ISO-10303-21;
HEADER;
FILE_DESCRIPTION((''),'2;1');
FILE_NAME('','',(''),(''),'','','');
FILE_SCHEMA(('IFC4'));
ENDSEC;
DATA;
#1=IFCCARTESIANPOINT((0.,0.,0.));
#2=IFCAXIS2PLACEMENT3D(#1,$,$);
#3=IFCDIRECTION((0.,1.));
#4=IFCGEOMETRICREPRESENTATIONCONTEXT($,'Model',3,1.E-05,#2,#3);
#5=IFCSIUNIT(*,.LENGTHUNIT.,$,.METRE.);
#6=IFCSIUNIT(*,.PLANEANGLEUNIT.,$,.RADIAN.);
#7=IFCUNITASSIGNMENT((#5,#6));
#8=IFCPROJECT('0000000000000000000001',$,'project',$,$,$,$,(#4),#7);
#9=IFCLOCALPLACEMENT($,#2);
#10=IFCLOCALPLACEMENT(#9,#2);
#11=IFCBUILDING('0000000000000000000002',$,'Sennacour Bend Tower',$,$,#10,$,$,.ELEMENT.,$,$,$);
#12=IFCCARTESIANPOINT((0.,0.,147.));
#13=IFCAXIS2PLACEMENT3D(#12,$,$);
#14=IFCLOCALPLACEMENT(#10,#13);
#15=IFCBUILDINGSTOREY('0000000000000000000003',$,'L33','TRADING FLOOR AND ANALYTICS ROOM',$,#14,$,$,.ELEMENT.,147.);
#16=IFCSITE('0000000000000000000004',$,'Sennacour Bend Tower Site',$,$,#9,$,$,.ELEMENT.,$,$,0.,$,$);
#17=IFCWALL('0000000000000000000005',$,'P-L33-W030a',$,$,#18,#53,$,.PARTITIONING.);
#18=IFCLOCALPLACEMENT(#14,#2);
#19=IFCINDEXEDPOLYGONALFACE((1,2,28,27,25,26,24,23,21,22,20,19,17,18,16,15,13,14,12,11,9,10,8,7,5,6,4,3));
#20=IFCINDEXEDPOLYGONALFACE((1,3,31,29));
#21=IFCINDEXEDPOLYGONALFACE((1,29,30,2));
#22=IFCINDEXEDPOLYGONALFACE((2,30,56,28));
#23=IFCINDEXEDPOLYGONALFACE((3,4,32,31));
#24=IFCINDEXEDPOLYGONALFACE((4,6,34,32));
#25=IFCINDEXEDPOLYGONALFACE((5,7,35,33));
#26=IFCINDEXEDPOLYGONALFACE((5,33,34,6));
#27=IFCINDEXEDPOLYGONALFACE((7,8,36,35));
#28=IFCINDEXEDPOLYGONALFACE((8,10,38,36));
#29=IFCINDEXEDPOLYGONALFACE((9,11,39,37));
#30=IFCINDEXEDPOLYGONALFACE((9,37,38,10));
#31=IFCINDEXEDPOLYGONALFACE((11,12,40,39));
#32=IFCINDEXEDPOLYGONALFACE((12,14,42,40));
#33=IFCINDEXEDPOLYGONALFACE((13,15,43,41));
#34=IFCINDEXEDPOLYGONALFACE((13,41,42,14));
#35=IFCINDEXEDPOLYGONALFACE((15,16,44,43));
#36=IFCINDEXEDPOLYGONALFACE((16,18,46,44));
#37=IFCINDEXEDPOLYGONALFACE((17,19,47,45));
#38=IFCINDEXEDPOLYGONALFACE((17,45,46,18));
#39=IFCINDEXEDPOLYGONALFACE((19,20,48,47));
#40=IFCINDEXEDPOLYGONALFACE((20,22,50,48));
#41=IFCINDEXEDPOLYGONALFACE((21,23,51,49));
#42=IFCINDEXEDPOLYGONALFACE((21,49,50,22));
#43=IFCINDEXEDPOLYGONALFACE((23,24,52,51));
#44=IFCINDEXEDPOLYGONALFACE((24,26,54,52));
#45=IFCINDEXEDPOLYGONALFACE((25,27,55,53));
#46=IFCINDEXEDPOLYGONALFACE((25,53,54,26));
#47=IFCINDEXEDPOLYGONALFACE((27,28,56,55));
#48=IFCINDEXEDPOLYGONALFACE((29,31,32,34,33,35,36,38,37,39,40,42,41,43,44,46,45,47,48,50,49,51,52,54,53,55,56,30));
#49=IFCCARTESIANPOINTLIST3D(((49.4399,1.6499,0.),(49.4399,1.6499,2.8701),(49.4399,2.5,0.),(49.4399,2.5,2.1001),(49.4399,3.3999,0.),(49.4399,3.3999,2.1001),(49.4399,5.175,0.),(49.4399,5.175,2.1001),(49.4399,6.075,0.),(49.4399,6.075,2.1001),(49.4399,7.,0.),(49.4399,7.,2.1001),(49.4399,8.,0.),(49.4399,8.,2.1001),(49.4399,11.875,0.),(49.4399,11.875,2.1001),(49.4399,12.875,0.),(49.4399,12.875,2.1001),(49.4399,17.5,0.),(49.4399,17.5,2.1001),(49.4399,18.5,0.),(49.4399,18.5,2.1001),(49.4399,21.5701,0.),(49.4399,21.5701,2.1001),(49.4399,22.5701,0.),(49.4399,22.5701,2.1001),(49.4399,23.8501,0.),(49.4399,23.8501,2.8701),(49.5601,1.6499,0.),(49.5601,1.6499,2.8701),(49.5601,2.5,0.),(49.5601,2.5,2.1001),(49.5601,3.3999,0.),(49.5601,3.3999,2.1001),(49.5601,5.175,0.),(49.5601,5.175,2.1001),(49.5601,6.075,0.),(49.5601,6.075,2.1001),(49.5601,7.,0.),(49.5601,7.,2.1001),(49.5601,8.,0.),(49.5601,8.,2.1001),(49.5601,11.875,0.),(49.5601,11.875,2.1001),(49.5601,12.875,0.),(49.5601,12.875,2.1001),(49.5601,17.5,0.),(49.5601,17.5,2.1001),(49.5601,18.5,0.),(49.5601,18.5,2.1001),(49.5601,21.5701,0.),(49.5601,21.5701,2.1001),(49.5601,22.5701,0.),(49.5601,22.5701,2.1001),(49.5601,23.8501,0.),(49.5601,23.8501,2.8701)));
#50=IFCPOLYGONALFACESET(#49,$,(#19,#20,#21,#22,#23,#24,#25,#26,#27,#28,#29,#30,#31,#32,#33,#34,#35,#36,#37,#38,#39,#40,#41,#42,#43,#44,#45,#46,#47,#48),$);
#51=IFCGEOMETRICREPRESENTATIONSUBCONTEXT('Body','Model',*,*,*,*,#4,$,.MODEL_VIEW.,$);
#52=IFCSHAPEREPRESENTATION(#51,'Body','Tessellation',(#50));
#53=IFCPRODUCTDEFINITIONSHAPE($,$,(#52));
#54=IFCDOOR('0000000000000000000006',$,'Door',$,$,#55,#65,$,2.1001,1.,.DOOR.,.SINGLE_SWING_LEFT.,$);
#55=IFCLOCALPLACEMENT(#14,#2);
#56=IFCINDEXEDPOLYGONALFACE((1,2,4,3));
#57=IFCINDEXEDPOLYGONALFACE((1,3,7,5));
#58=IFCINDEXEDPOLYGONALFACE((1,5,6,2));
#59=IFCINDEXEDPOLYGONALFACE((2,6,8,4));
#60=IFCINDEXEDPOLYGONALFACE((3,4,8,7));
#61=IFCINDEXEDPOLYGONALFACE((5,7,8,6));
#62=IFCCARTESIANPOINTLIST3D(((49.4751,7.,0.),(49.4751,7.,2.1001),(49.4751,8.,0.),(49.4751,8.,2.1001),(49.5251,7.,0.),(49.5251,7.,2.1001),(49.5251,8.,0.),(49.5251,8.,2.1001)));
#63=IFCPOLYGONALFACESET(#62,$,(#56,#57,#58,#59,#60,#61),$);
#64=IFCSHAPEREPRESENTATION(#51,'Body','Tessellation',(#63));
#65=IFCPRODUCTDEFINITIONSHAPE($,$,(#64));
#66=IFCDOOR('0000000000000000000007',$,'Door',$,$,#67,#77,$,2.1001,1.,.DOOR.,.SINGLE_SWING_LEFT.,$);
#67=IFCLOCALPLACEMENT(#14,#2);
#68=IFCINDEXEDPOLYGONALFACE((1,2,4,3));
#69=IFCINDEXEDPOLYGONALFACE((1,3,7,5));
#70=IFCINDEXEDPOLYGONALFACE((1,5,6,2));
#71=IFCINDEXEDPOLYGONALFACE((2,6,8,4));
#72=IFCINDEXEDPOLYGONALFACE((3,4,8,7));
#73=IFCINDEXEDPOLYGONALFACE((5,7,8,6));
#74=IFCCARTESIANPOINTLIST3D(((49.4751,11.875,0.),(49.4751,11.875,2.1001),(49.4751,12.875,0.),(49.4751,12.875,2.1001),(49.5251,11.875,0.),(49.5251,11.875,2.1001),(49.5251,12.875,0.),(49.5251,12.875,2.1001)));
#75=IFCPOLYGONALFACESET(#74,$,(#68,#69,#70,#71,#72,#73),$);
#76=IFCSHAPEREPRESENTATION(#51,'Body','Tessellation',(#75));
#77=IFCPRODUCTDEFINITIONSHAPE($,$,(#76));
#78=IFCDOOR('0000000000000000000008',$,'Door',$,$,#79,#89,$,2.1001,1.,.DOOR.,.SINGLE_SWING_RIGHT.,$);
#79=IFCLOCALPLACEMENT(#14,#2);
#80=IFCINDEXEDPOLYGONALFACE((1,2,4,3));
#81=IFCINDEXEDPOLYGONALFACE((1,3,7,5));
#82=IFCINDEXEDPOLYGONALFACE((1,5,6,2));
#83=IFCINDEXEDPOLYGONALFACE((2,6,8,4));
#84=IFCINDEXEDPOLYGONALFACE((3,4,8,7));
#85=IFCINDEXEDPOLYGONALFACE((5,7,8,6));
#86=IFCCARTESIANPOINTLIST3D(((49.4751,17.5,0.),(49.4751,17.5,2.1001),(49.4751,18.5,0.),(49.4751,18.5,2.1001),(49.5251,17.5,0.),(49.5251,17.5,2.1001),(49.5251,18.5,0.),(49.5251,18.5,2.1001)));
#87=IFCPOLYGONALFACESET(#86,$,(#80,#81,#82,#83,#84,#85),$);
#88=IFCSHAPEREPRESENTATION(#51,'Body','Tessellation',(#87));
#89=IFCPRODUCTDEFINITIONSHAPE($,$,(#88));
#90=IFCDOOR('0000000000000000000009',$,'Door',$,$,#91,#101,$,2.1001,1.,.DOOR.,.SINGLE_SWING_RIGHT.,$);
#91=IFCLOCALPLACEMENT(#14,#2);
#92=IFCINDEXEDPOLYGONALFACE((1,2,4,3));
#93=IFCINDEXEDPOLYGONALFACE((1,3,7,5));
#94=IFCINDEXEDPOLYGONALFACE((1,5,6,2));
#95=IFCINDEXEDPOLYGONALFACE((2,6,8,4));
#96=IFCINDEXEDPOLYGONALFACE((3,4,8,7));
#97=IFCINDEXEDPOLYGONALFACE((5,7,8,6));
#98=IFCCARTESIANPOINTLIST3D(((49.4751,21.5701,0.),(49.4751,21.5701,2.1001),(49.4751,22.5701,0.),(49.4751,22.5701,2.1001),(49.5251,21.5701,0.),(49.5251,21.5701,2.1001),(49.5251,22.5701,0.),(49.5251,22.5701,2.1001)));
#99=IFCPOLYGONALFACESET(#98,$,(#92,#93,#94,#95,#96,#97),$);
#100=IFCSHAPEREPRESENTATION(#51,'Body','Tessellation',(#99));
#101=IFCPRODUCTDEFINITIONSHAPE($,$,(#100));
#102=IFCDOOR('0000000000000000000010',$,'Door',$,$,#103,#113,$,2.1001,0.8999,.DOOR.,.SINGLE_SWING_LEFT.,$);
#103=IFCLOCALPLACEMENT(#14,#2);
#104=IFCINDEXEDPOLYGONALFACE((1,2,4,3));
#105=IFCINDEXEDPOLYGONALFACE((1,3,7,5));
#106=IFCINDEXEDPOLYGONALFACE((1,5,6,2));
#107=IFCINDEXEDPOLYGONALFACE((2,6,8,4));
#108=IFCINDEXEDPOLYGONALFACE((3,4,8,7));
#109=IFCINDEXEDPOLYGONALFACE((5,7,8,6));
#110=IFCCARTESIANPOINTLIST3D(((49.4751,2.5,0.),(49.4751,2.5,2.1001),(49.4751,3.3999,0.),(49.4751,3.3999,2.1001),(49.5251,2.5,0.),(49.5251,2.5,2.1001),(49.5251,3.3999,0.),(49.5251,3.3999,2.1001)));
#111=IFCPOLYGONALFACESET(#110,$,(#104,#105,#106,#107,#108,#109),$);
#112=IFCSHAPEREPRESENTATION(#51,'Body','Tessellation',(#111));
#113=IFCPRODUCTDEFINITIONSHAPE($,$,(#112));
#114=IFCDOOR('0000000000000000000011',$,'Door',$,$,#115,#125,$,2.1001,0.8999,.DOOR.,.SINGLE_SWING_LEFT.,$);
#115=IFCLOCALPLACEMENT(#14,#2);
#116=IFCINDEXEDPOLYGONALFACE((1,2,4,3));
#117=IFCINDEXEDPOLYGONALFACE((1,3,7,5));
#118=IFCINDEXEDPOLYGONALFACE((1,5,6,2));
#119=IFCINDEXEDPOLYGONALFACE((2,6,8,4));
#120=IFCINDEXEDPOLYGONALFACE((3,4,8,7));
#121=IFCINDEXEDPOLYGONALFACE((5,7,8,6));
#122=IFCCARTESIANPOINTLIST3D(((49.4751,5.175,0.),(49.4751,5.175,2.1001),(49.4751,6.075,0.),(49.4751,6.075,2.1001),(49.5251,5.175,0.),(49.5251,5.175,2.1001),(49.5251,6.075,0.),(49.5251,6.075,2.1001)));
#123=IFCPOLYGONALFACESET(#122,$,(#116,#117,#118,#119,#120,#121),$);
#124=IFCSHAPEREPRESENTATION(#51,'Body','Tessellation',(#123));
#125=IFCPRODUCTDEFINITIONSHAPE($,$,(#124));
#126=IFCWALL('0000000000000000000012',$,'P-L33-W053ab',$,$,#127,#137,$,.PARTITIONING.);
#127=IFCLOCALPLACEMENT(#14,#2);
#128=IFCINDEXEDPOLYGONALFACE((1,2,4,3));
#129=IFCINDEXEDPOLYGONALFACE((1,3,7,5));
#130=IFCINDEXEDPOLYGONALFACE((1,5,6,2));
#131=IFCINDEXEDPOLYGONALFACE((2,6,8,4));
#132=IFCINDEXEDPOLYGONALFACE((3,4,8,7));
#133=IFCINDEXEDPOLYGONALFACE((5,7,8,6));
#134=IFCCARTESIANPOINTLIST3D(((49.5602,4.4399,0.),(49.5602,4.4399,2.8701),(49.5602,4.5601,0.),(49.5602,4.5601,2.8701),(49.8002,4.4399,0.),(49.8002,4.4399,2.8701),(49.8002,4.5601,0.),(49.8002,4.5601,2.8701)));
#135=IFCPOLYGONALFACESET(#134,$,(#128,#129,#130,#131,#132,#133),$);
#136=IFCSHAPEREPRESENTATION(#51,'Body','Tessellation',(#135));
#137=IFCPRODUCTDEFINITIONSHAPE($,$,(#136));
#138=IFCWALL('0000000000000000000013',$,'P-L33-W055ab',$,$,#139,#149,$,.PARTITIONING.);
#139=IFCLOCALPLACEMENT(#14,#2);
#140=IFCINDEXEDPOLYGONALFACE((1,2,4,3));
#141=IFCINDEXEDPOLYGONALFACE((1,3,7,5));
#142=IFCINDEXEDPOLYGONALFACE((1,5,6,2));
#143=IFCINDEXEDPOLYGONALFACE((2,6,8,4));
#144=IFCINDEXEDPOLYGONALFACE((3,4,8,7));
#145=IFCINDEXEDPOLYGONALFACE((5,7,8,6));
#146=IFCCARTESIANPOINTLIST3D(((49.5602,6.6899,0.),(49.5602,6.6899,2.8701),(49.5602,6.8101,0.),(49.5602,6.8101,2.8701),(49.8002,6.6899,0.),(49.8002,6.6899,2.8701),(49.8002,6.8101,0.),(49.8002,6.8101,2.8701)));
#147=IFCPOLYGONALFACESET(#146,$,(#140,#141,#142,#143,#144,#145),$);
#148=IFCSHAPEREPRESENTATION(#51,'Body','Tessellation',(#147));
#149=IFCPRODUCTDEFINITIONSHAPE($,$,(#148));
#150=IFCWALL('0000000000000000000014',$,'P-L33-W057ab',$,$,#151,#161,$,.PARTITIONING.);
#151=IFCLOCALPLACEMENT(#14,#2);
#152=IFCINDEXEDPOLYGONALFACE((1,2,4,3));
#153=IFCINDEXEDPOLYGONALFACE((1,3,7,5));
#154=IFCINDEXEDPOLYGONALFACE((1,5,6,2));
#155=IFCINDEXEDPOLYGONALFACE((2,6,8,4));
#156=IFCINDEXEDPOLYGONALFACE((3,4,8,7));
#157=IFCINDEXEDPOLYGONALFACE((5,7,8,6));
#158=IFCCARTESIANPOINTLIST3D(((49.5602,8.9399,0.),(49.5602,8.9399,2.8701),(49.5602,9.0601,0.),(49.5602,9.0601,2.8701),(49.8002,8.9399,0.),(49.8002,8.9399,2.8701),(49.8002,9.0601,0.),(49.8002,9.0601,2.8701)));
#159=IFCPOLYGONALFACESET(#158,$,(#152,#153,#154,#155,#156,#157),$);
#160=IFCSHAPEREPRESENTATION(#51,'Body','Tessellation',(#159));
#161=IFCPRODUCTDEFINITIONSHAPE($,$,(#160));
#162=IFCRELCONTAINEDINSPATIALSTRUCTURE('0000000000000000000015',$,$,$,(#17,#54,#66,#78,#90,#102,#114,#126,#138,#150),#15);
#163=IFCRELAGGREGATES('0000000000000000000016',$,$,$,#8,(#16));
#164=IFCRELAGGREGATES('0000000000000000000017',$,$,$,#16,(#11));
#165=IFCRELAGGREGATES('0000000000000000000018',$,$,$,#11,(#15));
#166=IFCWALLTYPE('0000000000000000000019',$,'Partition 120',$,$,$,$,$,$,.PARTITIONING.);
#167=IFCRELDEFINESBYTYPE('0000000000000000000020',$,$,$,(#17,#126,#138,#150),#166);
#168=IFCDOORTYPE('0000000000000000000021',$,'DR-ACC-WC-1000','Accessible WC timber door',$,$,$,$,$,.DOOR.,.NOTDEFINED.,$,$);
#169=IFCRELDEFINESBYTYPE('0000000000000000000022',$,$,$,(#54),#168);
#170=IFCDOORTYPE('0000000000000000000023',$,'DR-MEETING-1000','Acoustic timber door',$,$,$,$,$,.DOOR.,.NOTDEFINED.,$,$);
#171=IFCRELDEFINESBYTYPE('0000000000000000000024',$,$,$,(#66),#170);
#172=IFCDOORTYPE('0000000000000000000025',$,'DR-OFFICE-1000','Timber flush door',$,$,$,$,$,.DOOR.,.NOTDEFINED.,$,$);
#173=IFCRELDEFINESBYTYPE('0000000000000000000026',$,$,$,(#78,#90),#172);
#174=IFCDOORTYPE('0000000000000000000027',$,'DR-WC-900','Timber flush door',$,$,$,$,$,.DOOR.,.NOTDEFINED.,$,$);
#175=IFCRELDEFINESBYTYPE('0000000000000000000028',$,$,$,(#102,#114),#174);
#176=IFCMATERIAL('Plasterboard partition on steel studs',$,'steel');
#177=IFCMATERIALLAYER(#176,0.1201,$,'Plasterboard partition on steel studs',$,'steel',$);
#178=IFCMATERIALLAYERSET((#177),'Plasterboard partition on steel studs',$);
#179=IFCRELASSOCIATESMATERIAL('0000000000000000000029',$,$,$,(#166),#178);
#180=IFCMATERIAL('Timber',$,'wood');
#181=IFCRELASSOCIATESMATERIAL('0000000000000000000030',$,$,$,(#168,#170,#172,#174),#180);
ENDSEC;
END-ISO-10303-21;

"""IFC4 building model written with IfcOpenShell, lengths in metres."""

from ifc_helpers import new_model, si_unit, direction, frame, frame_2d, origin, place, context, subcontext, project, spatial, rectangle, extrude, material, layer, layer_set, type_object, element, fill, save


model = new_model("IFC4")

# Units and contexts
model_context = context("Model", 3, precision=1e-05, world=origin(), true_north=direction((0.0, 1.0)))
body_context = subcontext(model_context, "Body", "Model", "MODEL_VIEW")
ifc_project = project(units=[si_unit("LENGTHUNIT", "METRE"), si_unit("PLANEANGLEUNIT", "RADIAN")], contexts=[model_context])

# Site, building, storey
site_placement = place(None, origin())
site = spatial("IfcSite", under=ifc_project, at=site_placement, Name="Sennacour Bend Tower Site", CompositionType="ELEMENT", RefElevation=0.0)
building_placement = place(site_placement, origin())
building = spatial("IfcBuilding", under=site, at=building_placement, Name="Sennacour Bend Tower", CompositionType="ELEMENT")
storey_placement = place(building_placement, frame((0.0, 0.0, 147.0)))
storey = spatial("IfcBuildingStorey", under=building, at=storey_placement, Name="L33", Description="TRADING FLOOR AND ANALYTICS ROOM", CompositionType="ELEMENT", Elevation=147.0)

# Wall, openings, doors
ifc_material_1 = material(Name="Plasterboard partition on steel studs", Category="steel")
ifc_layer_1 = layer(ifc_material_1, 0.1201, Name="Plasterboard partition on steel studs", Category="steel")
ifc_layer_set_1 = layer_set([ifc_layer_1], Name="Plasterboard partition on steel studs")
wall_type_1 = type_object("IfcWallType", Name="Partition 120", PredefinedType="PARTITIONING", material=ifc_layer_set_1)
wall_1_placement = place(storey_placement, frame((49.5, 1.6499, 0.0), z_axis=(0.0, 0.0, 1.0), x_axis=(0.0, 1.0, 0.0)))
wall_1 = element("IfcWall", 1, at=wall_1_placement, inside=storey, type_object=wall_type_1, Name="P-L33-W030a", PredefinedType="PARTITIONING", context=body_context, shape_type="SweptSolid", body=[
    extrude(rectangle(XDim=22.2002, YDim=0.1201, at=frame_2d((11.1001, 0.0))), origin(), (0.0, 0.0, 1.0), 2.8701),
])
opening_1_placement = place(wall_1_placement, frame((0.8501, 0.0, 0.0)))
opening_1 = element("IfcOpeningElement", 2, at=opening_1_placement, cuts=wall_1, PredefinedType="OPENING", context=body_context, shape_type="SweptSolid", body=[
    extrude(rectangle(XDim=0.8999, YDim=2.1001, at=frame_2d((0.45, 1.05))), frame((0.0, 0.0701, 0.0), z_axis=(0.0, -1.0, 0.0), x_axis=(1.0, 0.0, 0.0)), (0.0, 0.0, 1.0), 0.1401),
])
opening_2_placement = place(wall_1_placement, frame((3.5251, 0.0, 0.0)))
opening_2 = element("IfcOpeningElement", 3, at=opening_2_placement, cuts=wall_1, PredefinedType="OPENING", context=body_context, shape_type="SweptSolid", body=[
    extrude(rectangle(XDim=0.8999, YDim=2.1001, at=frame_2d((0.45, 1.05))), frame((0.0, 0.0701, 0.0), z_axis=(0.0, -1.0, 0.0), x_axis=(1.0, 0.0, 0.0)), (0.0, 0.0, 1.0), 0.1401),
])
opening_3_placement = place(wall_1_placement, frame((5.3501, 0.0, 0.0)))
opening_3 = element("IfcOpeningElement", 4, at=opening_3_placement, cuts=wall_1, PredefinedType="OPENING", context=body_context, shape_type="SweptSolid", body=[
    extrude(rectangle(XDim=1.0, YDim=2.1001, at=frame_2d((0.5, 1.05))), frame((0.0, 0.0701, 0.0), z_axis=(0.0, -1.0, 0.0), x_axis=(1.0, 0.0, 0.0)), (0.0, 0.0, 1.0), 0.1401),
])
opening_4_placement = place(wall_1_placement, frame((10.2251, 0.0, 0.0)))
opening_4 = element("IfcOpeningElement", 5, at=opening_4_placement, cuts=wall_1, PredefinedType="OPENING", context=body_context, shape_type="SweptSolid", body=[
    extrude(rectangle(XDim=1.0, YDim=2.1001, at=frame_2d((0.5, 1.05))), frame((0.0, 0.0701, 0.0), z_axis=(0.0, -1.0, 0.0), x_axis=(1.0, 0.0, 0.0)), (0.0, 0.0, 1.0), 0.1401),
])
opening_5_placement = place(wall_1_placement, frame((15.8501, 0.0, 0.0)))
opening_5 = element("IfcOpeningElement", 6, at=opening_5_placement, cuts=wall_1, PredefinedType="OPENING", context=body_context, shape_type="SweptSolid", body=[
    extrude(rectangle(XDim=1.0, YDim=2.1001, at=frame_2d((0.5, 1.05))), frame((0.0, 0.0701, 0.0), z_axis=(0.0, -1.0, 0.0), x_axis=(1.0, 0.0, 0.0)), (0.0, 0.0, 1.0), 0.1401),
])
opening_6_placement = place(wall_1_placement, frame((19.9202, 0.0, 0.0)))
opening_6 = element("IfcOpeningElement", 7, at=opening_6_placement, cuts=wall_1, PredefinedType="OPENING", context=body_context, shape_type="SweptSolid", body=[
    extrude(rectangle(XDim=1.0, YDim=2.1001, at=frame_2d((0.5, 1.05))), frame((0.0, 0.0701, 0.0), z_axis=(0.0, -1.0, 0.0), x_axis=(1.0, 0.0, 0.0)), (0.0, 0.0, 1.0), 0.1401),
])
ifc_material_2 = material(Name="Timber", Category="wood")
door_type_1 = type_object("IfcDoorType", Name="DR-ACC-WC-1000", Description="Accessible WC timber door", OperationType="NOTDEFINED", PredefinedType="DOOR", material=ifc_material_2)
door_1_placement = place(opening_3_placement, origin())
door_1 = element("IfcDoor", 8, at=door_1_placement, inside=storey, type_object=door_type_1, Name="Door", OperationType="SINGLE_SWING_LEFT", OverallHeight=2.1001, OverallWidth=1.0, PredefinedType="DOOR", context=body_context, shape_type="SweptSolid", body=[
    extrude(rectangle(XDim=1.0, YDim=2.1001, at=frame_2d((0.5, 1.05))), frame((0.0, 0.0249, 0.0), z_axis=(0.0, -1.0, 0.0), x_axis=(1.0, 0.0, 0.0)), (0.0, 0.0, 1.0), 0.05),
])
fill(opening_3, door_1)
door_type_2 = type_object("IfcDoorType", Name="DR-MEETING-1000", Description="Acoustic timber door", OperationType="NOTDEFINED", PredefinedType="DOOR", material=ifc_material_2)
door_2_placement = place(opening_4_placement, origin())
door_2 = element("IfcDoor", 9, at=door_2_placement, inside=storey, type_object=door_type_2, Name="Door", OperationType="SINGLE_SWING_LEFT", OverallHeight=2.1001, OverallWidth=1.0, PredefinedType="DOOR", context=body_context, shape_type="SweptSolid", body=[
    extrude(rectangle(XDim=1.0, YDim=2.1001, at=frame_2d((0.5, 1.05))), frame((0.0, 0.0249, 0.0), z_axis=(0.0, -1.0, 0.0), x_axis=(1.0, 0.0, 0.0)), (0.0, 0.0, 1.0), 0.05),
])
fill(opening_4, door_2)
door_type_3 = type_object("IfcDoorType", Name="DR-OFFICE-1000", Description="Timber flush door", OperationType="NOTDEFINED", PredefinedType="DOOR", material=ifc_material_2)
door_3_placement = place(opening_5_placement, origin())
door_3 = element("IfcDoor", 10, at=door_3_placement, inside=storey, type_object=door_type_3, Name="Door", OperationType="SINGLE_SWING_RIGHT", OverallHeight=2.1001, OverallWidth=1.0, PredefinedType="DOOR", context=body_context, shape_type="SweptSolid", body=[
    extrude(rectangle(XDim=1.0, YDim=2.1001, at=frame_2d((0.5, 1.05))), frame((0.0, 0.0249, 0.0), z_axis=(0.0, -1.0, 0.0), x_axis=(1.0, 0.0, 0.0)), (0.0, 0.0, 1.0), 0.05),
])
fill(opening_5, door_3)
door_4_placement = place(opening_6_placement, origin())
door_4 = element("IfcDoor", 11, at=door_4_placement, inside=storey, type_object=door_type_3, Name="Door", OperationType="SINGLE_SWING_RIGHT", OverallHeight=2.1001, OverallWidth=1.0, PredefinedType="DOOR", context=body_context, shape_type="SweptSolid", body=[
    extrude(rectangle(XDim=1.0, YDim=2.1001, at=frame_2d((0.5, 1.05))), frame((0.0, 0.0249, 0.0), z_axis=(0.0, -1.0, 0.0), x_axis=(1.0, 0.0, 0.0)), (0.0, 0.0, 1.0), 0.05),
])
fill(opening_6, door_4)
door_type_4 = type_object("IfcDoorType", Name="DR-WC-900", Description="Timber flush door", OperationType="NOTDEFINED", PredefinedType="DOOR", material=ifc_material_2)
door_5_placement = place(opening_1_placement, origin())
door_5 = element("IfcDoor", 12, at=door_5_placement, inside=storey, type_object=door_type_4, Name="Door", OperationType="SINGLE_SWING_LEFT", OverallHeight=2.1001, OverallWidth=0.8999, PredefinedType="DOOR", context=body_context, shape_type="SweptSolid", body=[
    extrude(rectangle(XDim=0.8999, YDim=2.1001, at=frame_2d((0.45, 1.05))), frame((0.0, 0.0249, 0.0), z_axis=(0.0, -1.0, 0.0), x_axis=(1.0, 0.0, 0.0)), (0.0, 0.0, 1.0), 0.05),
])
fill(opening_1, door_5)
door_6_placement = place(opening_2_placement, origin())
door_6 = element("IfcDoor", 13, at=door_6_placement, inside=storey, type_object=door_type_4, Name="Door", OperationType="SINGLE_SWING_LEFT", OverallHeight=2.1001, OverallWidth=0.8999, PredefinedType="DOOR", context=body_context, shape_type="SweptSolid", body=[
    extrude(rectangle(XDim=0.8999, YDim=2.1001, at=frame_2d((0.45, 1.05))), frame((0.0, 0.0249, 0.0), z_axis=(0.0, -1.0, 0.0), x_axis=(1.0, 0.0, 0.0)), (0.0, 0.0, 1.0), 0.05),
])
fill(opening_2, door_6)

# Walls
for number, where, z_axis, x_axis, name in (
    (14, (49.5601, 4.5, 0.0), (0.0, 0.0, 1.0), (1.0, 0.0, 0.0), "P-L33-W053ab"),
    (15, (49.5601, 6.75, 0.0), (0.0, 0.0, 1.0), (1.0, 0.0, 0.0), "P-L33-W055ab"),
    (16, (49.5601, 9.0, 0.0), (0.0, 0.0, 1.0), (1.0, 0.0, 0.0), "P-L33-W057ab"),
):
    element("IfcWall", number, at=place(storey_placement, frame(where, z_axis=z_axis, x_axis=x_axis)), inside=storey, type_object=wall_type_1, Name=name, PredefinedType="PARTITIONING", context=body_context, shape_type="SweptSolid", body=[
        extrude(rectangle(XDim=0.24, YDim=0.1201, at=frame_2d((0.1201, 0.0))), origin(), (0.0, 0.0, 1.0), 2.8701),
    ])

save(model, "model.ifc")
